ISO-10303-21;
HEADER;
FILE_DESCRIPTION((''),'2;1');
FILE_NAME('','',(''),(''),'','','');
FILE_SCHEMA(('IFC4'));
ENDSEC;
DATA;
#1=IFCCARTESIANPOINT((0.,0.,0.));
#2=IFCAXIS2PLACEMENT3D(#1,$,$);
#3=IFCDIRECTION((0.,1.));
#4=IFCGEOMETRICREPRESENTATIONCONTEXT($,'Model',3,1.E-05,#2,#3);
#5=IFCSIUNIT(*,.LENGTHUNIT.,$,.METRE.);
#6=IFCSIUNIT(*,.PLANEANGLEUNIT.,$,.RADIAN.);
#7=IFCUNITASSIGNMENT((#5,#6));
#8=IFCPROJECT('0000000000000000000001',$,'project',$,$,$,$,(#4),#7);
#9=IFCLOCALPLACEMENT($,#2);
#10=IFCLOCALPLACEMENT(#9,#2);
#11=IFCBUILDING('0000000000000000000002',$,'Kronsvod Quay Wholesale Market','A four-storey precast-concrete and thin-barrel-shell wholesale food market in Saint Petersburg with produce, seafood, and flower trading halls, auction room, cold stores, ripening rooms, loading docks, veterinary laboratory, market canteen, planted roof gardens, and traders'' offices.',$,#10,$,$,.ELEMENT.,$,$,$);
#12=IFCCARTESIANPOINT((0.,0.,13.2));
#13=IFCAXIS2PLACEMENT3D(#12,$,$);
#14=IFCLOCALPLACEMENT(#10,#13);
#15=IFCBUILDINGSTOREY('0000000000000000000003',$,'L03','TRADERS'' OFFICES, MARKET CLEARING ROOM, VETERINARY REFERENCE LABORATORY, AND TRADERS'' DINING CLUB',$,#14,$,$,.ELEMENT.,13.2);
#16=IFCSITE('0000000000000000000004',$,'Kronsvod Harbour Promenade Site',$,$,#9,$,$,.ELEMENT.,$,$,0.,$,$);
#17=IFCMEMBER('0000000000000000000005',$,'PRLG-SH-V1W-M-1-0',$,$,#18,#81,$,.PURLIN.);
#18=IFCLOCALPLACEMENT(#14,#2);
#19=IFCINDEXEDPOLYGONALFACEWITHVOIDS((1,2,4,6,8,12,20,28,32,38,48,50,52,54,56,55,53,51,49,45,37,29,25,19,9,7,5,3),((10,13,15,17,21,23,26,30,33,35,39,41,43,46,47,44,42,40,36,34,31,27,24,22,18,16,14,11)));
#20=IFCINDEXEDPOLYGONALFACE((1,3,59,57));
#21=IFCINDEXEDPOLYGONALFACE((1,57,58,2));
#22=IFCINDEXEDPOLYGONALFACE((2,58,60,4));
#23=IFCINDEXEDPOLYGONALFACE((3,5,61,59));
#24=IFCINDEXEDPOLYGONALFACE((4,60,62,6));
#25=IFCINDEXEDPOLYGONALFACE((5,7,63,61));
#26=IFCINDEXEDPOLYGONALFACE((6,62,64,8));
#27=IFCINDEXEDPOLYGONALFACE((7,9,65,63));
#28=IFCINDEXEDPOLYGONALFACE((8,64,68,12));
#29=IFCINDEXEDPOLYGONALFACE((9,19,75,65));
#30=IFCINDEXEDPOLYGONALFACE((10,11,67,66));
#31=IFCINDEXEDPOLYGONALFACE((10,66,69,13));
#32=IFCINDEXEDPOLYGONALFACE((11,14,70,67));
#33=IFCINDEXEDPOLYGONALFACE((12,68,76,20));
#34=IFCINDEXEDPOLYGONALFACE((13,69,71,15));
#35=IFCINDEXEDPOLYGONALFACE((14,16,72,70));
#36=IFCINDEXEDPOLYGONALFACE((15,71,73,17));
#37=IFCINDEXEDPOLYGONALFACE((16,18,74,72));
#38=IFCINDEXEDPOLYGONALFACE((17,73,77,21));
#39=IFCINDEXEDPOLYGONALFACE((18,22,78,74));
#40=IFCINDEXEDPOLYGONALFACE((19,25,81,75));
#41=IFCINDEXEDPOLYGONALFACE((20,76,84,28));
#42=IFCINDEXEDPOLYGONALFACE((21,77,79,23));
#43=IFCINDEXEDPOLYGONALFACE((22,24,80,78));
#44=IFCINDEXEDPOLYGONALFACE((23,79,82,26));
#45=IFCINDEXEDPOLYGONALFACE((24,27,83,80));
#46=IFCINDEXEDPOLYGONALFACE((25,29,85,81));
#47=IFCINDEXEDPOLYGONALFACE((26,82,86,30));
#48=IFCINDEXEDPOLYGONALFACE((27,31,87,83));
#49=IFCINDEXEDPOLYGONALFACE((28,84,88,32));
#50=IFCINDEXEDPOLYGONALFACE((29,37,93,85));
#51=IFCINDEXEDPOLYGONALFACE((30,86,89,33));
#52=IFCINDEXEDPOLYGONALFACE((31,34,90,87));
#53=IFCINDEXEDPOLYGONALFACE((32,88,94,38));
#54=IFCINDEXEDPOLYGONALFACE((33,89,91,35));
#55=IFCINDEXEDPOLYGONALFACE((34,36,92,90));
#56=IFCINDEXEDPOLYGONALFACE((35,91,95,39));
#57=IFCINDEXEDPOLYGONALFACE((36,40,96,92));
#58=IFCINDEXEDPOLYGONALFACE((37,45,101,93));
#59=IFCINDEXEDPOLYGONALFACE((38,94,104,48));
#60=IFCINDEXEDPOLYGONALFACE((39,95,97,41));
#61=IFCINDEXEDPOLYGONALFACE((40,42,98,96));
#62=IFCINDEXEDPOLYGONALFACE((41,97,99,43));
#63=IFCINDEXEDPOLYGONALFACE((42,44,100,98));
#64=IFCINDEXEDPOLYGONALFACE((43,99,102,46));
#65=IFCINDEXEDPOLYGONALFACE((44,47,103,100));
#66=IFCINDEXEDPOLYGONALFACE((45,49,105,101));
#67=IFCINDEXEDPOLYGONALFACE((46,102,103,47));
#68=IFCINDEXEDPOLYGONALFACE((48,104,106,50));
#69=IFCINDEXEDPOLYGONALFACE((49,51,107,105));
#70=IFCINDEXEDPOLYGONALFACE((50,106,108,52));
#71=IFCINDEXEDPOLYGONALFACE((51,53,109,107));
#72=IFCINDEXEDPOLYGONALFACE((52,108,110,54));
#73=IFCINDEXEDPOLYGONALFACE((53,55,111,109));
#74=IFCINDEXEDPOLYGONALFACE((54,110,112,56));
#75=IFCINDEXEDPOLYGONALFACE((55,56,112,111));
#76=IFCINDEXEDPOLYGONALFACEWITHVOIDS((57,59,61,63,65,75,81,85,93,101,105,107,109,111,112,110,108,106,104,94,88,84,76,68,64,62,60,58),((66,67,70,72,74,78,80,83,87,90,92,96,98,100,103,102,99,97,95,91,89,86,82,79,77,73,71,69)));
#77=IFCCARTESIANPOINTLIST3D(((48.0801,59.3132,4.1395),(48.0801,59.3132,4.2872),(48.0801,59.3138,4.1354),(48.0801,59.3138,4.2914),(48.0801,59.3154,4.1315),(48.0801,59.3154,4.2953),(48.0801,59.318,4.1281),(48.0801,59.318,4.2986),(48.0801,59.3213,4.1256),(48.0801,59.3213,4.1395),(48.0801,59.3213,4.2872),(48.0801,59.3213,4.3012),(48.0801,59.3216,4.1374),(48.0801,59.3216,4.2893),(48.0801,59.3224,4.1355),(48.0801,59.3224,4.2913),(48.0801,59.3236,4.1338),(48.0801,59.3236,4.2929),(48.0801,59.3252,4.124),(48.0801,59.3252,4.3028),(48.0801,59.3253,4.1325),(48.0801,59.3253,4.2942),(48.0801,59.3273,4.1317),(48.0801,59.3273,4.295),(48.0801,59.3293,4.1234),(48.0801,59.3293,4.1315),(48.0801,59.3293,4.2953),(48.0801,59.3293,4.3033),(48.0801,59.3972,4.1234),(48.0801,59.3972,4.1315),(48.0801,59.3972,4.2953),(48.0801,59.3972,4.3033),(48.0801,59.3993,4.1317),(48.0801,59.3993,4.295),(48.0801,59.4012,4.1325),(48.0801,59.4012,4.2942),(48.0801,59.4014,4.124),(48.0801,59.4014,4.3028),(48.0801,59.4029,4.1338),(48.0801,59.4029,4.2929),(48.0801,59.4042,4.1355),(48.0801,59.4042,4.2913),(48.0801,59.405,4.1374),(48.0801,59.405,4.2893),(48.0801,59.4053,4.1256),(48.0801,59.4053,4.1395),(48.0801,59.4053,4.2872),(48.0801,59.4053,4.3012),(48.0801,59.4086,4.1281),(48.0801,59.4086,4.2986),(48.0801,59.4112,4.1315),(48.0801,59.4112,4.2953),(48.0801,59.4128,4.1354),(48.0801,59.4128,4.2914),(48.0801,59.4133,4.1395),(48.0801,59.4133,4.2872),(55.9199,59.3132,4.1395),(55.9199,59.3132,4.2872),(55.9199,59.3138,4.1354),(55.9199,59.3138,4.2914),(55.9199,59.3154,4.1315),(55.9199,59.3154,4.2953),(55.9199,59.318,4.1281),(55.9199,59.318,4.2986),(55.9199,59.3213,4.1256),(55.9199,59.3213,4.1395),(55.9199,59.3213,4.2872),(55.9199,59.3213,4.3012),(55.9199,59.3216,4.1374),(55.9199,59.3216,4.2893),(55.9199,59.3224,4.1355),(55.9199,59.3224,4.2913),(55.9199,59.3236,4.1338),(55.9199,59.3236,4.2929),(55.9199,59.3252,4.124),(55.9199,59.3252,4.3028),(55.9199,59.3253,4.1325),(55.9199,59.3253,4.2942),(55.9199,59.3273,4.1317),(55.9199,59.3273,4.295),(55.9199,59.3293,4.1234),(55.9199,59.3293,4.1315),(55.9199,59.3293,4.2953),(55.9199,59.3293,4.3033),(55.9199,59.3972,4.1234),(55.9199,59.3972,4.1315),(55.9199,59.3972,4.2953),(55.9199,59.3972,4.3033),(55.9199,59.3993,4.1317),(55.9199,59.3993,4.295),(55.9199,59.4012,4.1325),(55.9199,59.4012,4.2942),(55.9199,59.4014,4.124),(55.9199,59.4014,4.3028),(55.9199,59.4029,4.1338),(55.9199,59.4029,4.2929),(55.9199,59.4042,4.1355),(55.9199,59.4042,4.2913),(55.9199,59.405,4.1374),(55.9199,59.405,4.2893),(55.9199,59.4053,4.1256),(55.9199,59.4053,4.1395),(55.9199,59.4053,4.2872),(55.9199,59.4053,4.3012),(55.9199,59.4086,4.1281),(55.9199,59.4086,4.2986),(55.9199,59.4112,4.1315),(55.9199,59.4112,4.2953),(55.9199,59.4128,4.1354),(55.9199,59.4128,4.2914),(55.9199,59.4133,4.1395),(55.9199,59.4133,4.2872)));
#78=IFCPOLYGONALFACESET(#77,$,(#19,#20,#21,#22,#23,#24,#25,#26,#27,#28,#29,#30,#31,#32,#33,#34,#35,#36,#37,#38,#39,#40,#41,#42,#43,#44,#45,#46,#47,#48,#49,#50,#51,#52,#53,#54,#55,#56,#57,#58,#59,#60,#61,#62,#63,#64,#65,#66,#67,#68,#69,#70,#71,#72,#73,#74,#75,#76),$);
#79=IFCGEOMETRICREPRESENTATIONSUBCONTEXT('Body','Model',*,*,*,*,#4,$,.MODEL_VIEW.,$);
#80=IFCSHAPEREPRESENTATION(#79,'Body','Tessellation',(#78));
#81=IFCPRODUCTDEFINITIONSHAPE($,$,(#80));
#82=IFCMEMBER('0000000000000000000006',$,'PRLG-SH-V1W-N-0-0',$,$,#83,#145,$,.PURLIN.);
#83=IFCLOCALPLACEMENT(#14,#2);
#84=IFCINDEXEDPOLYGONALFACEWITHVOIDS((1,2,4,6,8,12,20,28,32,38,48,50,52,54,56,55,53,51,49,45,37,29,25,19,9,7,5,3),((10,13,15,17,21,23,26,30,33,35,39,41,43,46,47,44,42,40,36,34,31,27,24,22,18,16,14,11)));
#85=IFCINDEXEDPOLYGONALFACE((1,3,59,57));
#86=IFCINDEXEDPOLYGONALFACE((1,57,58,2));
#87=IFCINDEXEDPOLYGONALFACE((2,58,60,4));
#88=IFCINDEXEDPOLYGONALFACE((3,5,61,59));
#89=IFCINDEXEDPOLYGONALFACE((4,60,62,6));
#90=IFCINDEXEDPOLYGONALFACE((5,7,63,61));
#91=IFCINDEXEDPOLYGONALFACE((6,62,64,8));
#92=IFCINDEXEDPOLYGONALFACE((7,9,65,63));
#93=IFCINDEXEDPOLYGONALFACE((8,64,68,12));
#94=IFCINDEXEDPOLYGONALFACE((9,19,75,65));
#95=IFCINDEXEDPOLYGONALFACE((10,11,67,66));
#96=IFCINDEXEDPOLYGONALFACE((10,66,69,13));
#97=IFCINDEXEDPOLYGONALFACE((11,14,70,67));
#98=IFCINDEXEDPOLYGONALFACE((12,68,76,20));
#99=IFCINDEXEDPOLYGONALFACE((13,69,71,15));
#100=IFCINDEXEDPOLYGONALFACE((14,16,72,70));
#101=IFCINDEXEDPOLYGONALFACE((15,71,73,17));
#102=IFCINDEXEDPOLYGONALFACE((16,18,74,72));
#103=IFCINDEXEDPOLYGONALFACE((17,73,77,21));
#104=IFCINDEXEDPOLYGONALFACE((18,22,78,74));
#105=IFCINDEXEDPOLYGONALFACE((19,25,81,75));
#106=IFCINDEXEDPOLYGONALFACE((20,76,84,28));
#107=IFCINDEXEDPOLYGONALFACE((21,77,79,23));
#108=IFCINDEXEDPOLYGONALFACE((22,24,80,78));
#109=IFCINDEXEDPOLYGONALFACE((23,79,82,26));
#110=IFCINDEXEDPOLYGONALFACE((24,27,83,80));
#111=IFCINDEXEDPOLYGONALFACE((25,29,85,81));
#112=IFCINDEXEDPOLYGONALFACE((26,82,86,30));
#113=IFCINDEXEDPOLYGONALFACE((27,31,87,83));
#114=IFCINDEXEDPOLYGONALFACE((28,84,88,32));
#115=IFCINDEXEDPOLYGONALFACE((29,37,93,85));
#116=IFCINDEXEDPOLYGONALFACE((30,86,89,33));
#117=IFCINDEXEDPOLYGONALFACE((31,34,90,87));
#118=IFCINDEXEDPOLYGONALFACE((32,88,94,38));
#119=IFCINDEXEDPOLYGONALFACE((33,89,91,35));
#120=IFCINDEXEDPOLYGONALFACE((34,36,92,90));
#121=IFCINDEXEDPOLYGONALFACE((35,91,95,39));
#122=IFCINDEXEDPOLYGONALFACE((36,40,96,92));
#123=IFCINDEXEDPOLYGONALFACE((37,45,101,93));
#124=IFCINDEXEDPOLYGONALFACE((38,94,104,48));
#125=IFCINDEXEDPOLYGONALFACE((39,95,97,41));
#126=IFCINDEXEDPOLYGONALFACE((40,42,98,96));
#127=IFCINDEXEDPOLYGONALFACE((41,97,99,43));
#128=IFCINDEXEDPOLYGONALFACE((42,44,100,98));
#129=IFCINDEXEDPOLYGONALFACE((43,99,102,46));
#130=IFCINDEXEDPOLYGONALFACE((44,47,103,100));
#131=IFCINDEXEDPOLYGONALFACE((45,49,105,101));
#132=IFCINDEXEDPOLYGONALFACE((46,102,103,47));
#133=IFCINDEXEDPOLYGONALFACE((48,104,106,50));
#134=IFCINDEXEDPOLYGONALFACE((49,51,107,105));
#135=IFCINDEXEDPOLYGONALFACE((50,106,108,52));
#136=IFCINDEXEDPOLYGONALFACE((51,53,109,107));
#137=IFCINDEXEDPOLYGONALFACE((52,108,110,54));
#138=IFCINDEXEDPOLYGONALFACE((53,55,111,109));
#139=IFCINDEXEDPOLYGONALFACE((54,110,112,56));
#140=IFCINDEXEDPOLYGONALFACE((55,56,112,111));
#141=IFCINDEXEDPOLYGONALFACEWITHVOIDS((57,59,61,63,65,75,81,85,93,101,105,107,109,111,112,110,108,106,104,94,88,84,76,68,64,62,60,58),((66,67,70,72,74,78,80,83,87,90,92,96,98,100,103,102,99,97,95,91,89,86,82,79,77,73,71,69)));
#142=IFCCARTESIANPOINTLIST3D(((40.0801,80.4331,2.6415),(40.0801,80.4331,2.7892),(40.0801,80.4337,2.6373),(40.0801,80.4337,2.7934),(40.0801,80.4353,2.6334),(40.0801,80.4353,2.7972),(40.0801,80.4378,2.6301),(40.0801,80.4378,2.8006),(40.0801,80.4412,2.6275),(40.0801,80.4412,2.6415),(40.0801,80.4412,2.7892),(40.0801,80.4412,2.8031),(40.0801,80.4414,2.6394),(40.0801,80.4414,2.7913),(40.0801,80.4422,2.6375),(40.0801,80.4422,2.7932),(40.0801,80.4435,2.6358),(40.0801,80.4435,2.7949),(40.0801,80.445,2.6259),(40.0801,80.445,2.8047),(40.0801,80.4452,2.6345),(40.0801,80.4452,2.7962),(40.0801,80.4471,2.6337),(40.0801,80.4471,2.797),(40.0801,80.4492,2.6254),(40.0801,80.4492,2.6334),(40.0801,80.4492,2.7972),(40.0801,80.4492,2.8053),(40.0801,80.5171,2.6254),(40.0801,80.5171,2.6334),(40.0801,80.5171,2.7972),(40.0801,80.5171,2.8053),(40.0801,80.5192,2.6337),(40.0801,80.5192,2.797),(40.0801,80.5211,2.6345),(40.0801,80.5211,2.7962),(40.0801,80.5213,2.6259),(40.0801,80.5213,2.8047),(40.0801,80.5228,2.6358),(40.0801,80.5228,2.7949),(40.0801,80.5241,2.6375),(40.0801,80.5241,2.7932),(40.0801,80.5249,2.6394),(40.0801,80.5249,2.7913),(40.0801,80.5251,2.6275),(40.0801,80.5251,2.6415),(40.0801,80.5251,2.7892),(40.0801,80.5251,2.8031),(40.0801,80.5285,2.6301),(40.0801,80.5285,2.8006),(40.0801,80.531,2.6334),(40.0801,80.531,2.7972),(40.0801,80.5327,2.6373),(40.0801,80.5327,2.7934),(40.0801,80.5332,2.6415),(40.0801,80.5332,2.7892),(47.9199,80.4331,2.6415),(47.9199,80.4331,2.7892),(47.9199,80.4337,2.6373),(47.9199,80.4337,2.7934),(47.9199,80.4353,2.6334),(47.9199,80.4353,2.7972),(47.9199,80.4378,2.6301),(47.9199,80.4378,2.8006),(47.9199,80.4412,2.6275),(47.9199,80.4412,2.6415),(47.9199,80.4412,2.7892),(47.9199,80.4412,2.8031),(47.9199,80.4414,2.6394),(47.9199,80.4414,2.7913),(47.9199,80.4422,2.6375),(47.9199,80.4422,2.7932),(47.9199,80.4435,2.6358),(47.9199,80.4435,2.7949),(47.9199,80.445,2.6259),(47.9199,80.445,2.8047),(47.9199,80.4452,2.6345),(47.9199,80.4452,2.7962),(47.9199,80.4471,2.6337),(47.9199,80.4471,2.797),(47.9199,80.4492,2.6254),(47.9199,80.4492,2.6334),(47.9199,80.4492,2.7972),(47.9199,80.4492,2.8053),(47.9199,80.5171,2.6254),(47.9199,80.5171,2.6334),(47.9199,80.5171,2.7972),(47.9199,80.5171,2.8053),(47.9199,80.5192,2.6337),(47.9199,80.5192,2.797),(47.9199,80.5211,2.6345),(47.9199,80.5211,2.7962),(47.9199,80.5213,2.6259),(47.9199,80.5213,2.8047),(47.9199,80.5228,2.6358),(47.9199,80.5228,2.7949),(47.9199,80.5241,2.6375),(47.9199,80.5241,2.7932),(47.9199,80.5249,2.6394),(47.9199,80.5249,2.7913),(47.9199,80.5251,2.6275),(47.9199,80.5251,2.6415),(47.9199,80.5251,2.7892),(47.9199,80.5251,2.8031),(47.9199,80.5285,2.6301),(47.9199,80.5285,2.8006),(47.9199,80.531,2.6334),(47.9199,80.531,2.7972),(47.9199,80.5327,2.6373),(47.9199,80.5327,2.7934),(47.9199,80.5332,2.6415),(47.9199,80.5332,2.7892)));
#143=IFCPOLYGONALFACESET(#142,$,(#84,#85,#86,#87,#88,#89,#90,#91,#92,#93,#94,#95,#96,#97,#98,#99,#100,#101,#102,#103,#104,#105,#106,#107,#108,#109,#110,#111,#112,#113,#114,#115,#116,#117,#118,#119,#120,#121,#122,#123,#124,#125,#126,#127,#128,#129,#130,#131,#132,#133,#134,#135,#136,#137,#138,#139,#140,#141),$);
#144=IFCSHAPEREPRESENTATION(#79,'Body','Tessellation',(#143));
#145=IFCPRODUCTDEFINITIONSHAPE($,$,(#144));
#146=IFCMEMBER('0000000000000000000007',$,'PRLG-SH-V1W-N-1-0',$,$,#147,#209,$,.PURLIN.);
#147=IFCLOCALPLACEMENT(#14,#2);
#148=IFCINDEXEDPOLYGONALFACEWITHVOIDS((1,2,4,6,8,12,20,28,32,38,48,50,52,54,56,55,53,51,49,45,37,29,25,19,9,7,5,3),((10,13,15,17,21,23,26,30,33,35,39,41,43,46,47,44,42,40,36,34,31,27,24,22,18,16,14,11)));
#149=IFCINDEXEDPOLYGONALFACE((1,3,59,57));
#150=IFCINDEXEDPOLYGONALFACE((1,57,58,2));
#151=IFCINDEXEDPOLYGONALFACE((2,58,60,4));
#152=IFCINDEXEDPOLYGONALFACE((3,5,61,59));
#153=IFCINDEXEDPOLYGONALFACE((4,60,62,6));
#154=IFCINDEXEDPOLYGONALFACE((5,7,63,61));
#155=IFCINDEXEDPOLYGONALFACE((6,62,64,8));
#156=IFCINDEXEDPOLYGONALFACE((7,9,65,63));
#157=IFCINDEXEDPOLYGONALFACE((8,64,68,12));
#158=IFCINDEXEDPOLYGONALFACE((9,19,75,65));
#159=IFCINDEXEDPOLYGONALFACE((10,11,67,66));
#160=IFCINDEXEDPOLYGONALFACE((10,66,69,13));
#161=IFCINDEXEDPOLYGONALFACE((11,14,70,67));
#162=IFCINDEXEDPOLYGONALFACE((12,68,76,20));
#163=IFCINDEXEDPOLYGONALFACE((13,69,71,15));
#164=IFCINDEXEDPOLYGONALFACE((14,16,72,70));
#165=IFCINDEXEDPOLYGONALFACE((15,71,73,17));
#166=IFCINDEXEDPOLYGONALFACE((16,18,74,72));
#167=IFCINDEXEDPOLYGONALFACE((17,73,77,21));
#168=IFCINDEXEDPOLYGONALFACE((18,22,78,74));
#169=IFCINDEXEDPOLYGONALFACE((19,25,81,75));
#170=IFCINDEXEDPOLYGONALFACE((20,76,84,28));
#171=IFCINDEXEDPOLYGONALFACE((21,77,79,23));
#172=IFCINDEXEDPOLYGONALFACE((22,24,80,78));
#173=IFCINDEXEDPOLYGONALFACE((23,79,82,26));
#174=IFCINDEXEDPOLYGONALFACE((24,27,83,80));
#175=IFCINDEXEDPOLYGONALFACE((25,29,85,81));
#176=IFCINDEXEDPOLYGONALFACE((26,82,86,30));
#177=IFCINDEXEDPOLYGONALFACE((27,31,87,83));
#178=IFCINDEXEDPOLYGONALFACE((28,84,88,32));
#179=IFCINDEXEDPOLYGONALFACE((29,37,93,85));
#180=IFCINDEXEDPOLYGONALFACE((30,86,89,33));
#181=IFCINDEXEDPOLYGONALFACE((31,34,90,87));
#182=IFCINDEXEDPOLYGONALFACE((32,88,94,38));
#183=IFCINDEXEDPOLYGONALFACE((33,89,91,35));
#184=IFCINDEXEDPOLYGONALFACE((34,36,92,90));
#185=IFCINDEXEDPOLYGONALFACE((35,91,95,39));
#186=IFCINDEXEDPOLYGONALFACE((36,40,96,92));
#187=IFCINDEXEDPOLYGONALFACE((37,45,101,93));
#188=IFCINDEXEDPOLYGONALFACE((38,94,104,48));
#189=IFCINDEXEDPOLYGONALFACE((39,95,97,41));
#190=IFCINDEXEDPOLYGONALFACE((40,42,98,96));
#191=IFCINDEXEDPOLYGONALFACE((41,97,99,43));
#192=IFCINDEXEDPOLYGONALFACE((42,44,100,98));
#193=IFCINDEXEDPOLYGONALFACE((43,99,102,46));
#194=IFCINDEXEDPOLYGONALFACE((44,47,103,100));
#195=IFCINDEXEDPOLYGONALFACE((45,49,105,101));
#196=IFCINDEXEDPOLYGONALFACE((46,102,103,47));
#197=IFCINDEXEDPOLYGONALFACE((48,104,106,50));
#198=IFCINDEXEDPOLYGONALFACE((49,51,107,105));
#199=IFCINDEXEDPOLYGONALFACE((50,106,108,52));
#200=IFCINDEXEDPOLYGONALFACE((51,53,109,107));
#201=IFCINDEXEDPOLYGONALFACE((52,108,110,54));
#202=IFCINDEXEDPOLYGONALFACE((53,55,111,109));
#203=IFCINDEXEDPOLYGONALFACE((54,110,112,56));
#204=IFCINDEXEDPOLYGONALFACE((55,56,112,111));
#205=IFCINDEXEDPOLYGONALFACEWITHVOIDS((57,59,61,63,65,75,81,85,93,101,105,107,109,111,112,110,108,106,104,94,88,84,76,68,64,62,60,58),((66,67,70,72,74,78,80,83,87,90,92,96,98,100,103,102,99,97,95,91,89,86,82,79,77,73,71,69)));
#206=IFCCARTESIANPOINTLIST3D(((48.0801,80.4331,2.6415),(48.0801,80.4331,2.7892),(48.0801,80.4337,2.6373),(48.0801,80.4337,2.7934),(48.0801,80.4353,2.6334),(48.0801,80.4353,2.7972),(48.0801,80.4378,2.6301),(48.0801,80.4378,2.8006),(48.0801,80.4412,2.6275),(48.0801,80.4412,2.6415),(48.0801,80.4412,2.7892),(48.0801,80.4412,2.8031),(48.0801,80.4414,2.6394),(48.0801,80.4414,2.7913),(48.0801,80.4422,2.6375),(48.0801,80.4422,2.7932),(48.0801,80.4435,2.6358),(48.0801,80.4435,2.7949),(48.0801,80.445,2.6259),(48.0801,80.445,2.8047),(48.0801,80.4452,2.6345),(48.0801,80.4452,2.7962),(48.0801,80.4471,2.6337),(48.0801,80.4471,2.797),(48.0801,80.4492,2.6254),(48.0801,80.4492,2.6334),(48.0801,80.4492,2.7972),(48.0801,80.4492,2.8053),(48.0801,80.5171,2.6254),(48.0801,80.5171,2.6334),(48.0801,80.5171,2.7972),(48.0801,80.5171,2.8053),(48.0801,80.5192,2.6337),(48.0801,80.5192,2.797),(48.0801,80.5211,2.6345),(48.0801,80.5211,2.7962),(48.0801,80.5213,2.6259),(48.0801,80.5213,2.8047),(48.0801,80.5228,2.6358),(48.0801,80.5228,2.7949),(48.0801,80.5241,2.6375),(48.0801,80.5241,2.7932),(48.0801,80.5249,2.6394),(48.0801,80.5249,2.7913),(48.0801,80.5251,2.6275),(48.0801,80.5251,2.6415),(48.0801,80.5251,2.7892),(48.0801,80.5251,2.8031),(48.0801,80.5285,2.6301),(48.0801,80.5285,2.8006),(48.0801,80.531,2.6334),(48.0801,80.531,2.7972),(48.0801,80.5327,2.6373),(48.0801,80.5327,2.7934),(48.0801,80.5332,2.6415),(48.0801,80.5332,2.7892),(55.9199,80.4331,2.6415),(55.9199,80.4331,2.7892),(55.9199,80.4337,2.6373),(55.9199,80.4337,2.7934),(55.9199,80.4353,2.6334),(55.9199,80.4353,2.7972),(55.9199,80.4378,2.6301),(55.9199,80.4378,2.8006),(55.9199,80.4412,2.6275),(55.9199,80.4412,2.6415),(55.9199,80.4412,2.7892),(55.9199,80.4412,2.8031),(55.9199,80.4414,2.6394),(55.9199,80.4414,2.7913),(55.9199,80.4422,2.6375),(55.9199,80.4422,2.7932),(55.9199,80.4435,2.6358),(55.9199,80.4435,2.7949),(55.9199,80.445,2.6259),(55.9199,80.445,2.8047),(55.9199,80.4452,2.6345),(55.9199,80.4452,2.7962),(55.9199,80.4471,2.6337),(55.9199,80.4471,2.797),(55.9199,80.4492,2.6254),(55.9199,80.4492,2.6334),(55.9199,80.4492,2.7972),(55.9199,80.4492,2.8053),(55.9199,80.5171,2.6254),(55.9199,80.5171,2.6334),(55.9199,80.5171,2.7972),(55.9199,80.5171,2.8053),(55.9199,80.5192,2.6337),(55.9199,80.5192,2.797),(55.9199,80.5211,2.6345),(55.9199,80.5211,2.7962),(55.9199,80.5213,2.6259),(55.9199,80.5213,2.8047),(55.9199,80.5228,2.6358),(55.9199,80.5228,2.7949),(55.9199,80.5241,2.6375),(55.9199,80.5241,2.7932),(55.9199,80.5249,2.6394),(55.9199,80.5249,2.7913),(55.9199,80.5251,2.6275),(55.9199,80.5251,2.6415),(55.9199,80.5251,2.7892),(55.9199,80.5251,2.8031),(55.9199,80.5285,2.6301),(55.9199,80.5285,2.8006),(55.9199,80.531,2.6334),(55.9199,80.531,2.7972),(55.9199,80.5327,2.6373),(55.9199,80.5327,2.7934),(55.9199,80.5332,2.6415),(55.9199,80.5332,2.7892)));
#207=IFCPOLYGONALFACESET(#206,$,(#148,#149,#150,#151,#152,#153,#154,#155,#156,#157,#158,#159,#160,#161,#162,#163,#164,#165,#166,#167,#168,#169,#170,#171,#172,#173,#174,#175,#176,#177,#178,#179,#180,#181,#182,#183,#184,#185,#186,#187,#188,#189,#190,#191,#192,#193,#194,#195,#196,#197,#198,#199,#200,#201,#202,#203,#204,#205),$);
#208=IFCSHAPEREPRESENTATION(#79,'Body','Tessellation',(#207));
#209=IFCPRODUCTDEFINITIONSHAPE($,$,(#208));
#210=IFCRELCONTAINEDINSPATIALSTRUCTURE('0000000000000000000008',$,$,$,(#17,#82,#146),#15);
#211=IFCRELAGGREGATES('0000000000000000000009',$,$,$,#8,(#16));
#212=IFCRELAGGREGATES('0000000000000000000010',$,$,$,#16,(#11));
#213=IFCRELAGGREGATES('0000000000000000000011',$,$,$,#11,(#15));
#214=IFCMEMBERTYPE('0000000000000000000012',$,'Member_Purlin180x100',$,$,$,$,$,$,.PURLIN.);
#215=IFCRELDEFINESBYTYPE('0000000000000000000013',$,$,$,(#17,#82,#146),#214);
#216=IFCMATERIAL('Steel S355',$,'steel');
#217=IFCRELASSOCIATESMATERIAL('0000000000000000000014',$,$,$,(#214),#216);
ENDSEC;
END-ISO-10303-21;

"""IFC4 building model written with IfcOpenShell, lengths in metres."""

from ifc_helpers import new_model, si_unit, direction, frame, origin, origin_2d, place, context, subcontext, project, spatial, hollow_rectangle, extrude, material, material_profile, profile_set, type_object, element, save


model = new_model("IFC4")

# Units and contexts
model_context = context("Model", 3, precision=1e-05, world=origin(), true_north=direction((0.0, 1.0)))
body_context = subcontext(model_context, "Body", "Model", "MODEL_VIEW")
ifc_project = project(units=[si_unit("LENGTHUNIT", "METRE"), si_unit("PLANEANGLEUNIT", "RADIAN")], contexts=[model_context])

# Site, building, storey
site_placement = place(None, origin())
site = spatial("IfcSite", under=ifc_project, at=site_placement, Name="Kronsvod Harbour Promenade Site", CompositionType="ELEMENT", RefElevation=0.0)
building_placement = place(site_placement, origin())
building = spatial("IfcBuilding", under=site, at=building_placement, Name="Kronsvod Quay Wholesale Market", Description="A four-storey precast-concrete and thin-barrel-shell wholesale food market in Saint Petersburg with produce, seafood, and flower trading halls, auction room, cold stores, ripening rooms, loading docks, veterinary laboratory, market canteen, planted roof gardens, and traders' offices.", CompositionType="ELEMENT")
storey_placement = place(building_placement, frame((0.0, 0.0, 13.2)))
storey = spatial("IfcBuildingStorey", under=building, at=storey_placement, Name="L03", Description="TRADERS' OFFICES, MARKET CLEARING ROOM, VETERINARY REFERENCE LABORATORY, AND TRADERS' DINING CLUB", CompositionType="ELEMENT", Elevation=13.2)

# Members
ifc_material_1 = material(Name="Steel S355", Category="steel")
ifc_material_profile_1 = material_profile(ifc_material_1, hollow_rectangle(XDim=0.1001, YDim=0.1799, WallThickness=0.0081, InnerFilletRadius=0.0081, OuterFilletRadius=0.0161, at=origin_2d()), Name="RHS180x100x8")
ifc_profile_set_1 = profile_set([ifc_material_profile_1], Name="Steel S355")
member_type_1 = type_object("IfcMemberType", Name="Member_Purlin180x100", PredefinedType="PURLIN", material=ifc_profile_set_1)
for number, where, z_axis, x_axis, name in (
    (1, (48.0801, 59.3633, 4.2134), (1.0, 0.0, 0.0), (0.0, 1.0, 0.0), "PRLG-SH-V1W-M-1-0"),
    (2, (40.0801, 80.4832, 2.7153), (1.0, 0.0, 0.0), (0.0, 1.0, 0.0), "PRLG-SH-V1W-N-0-0"),
    (3, (48.0801, 80.4832, 2.7153), (1.0, 0.0, 0.0), (0.0, 1.0, 0.0), "PRLG-SH-V1W-N-1-0"),
):
    element("IfcMember", number, at=place(storey_placement, frame(where, z_axis=z_axis, x_axis=x_axis)), inside=storey, type_object=member_type_1, Name=name, PredefinedType="PURLIN", context=body_context, shape_type="SweptSolid", body=[
        extrude(hollow_rectangle(XDim=0.1001, YDim=0.1799, WallThickness=0.0081, InnerFilletRadius=0.0081, OuterFilletRadius=0.0161, at=origin_2d()), origin(), (0.0, 0.0, 1.0), 7.8398),
    ])

save(model, "model.ifc")
